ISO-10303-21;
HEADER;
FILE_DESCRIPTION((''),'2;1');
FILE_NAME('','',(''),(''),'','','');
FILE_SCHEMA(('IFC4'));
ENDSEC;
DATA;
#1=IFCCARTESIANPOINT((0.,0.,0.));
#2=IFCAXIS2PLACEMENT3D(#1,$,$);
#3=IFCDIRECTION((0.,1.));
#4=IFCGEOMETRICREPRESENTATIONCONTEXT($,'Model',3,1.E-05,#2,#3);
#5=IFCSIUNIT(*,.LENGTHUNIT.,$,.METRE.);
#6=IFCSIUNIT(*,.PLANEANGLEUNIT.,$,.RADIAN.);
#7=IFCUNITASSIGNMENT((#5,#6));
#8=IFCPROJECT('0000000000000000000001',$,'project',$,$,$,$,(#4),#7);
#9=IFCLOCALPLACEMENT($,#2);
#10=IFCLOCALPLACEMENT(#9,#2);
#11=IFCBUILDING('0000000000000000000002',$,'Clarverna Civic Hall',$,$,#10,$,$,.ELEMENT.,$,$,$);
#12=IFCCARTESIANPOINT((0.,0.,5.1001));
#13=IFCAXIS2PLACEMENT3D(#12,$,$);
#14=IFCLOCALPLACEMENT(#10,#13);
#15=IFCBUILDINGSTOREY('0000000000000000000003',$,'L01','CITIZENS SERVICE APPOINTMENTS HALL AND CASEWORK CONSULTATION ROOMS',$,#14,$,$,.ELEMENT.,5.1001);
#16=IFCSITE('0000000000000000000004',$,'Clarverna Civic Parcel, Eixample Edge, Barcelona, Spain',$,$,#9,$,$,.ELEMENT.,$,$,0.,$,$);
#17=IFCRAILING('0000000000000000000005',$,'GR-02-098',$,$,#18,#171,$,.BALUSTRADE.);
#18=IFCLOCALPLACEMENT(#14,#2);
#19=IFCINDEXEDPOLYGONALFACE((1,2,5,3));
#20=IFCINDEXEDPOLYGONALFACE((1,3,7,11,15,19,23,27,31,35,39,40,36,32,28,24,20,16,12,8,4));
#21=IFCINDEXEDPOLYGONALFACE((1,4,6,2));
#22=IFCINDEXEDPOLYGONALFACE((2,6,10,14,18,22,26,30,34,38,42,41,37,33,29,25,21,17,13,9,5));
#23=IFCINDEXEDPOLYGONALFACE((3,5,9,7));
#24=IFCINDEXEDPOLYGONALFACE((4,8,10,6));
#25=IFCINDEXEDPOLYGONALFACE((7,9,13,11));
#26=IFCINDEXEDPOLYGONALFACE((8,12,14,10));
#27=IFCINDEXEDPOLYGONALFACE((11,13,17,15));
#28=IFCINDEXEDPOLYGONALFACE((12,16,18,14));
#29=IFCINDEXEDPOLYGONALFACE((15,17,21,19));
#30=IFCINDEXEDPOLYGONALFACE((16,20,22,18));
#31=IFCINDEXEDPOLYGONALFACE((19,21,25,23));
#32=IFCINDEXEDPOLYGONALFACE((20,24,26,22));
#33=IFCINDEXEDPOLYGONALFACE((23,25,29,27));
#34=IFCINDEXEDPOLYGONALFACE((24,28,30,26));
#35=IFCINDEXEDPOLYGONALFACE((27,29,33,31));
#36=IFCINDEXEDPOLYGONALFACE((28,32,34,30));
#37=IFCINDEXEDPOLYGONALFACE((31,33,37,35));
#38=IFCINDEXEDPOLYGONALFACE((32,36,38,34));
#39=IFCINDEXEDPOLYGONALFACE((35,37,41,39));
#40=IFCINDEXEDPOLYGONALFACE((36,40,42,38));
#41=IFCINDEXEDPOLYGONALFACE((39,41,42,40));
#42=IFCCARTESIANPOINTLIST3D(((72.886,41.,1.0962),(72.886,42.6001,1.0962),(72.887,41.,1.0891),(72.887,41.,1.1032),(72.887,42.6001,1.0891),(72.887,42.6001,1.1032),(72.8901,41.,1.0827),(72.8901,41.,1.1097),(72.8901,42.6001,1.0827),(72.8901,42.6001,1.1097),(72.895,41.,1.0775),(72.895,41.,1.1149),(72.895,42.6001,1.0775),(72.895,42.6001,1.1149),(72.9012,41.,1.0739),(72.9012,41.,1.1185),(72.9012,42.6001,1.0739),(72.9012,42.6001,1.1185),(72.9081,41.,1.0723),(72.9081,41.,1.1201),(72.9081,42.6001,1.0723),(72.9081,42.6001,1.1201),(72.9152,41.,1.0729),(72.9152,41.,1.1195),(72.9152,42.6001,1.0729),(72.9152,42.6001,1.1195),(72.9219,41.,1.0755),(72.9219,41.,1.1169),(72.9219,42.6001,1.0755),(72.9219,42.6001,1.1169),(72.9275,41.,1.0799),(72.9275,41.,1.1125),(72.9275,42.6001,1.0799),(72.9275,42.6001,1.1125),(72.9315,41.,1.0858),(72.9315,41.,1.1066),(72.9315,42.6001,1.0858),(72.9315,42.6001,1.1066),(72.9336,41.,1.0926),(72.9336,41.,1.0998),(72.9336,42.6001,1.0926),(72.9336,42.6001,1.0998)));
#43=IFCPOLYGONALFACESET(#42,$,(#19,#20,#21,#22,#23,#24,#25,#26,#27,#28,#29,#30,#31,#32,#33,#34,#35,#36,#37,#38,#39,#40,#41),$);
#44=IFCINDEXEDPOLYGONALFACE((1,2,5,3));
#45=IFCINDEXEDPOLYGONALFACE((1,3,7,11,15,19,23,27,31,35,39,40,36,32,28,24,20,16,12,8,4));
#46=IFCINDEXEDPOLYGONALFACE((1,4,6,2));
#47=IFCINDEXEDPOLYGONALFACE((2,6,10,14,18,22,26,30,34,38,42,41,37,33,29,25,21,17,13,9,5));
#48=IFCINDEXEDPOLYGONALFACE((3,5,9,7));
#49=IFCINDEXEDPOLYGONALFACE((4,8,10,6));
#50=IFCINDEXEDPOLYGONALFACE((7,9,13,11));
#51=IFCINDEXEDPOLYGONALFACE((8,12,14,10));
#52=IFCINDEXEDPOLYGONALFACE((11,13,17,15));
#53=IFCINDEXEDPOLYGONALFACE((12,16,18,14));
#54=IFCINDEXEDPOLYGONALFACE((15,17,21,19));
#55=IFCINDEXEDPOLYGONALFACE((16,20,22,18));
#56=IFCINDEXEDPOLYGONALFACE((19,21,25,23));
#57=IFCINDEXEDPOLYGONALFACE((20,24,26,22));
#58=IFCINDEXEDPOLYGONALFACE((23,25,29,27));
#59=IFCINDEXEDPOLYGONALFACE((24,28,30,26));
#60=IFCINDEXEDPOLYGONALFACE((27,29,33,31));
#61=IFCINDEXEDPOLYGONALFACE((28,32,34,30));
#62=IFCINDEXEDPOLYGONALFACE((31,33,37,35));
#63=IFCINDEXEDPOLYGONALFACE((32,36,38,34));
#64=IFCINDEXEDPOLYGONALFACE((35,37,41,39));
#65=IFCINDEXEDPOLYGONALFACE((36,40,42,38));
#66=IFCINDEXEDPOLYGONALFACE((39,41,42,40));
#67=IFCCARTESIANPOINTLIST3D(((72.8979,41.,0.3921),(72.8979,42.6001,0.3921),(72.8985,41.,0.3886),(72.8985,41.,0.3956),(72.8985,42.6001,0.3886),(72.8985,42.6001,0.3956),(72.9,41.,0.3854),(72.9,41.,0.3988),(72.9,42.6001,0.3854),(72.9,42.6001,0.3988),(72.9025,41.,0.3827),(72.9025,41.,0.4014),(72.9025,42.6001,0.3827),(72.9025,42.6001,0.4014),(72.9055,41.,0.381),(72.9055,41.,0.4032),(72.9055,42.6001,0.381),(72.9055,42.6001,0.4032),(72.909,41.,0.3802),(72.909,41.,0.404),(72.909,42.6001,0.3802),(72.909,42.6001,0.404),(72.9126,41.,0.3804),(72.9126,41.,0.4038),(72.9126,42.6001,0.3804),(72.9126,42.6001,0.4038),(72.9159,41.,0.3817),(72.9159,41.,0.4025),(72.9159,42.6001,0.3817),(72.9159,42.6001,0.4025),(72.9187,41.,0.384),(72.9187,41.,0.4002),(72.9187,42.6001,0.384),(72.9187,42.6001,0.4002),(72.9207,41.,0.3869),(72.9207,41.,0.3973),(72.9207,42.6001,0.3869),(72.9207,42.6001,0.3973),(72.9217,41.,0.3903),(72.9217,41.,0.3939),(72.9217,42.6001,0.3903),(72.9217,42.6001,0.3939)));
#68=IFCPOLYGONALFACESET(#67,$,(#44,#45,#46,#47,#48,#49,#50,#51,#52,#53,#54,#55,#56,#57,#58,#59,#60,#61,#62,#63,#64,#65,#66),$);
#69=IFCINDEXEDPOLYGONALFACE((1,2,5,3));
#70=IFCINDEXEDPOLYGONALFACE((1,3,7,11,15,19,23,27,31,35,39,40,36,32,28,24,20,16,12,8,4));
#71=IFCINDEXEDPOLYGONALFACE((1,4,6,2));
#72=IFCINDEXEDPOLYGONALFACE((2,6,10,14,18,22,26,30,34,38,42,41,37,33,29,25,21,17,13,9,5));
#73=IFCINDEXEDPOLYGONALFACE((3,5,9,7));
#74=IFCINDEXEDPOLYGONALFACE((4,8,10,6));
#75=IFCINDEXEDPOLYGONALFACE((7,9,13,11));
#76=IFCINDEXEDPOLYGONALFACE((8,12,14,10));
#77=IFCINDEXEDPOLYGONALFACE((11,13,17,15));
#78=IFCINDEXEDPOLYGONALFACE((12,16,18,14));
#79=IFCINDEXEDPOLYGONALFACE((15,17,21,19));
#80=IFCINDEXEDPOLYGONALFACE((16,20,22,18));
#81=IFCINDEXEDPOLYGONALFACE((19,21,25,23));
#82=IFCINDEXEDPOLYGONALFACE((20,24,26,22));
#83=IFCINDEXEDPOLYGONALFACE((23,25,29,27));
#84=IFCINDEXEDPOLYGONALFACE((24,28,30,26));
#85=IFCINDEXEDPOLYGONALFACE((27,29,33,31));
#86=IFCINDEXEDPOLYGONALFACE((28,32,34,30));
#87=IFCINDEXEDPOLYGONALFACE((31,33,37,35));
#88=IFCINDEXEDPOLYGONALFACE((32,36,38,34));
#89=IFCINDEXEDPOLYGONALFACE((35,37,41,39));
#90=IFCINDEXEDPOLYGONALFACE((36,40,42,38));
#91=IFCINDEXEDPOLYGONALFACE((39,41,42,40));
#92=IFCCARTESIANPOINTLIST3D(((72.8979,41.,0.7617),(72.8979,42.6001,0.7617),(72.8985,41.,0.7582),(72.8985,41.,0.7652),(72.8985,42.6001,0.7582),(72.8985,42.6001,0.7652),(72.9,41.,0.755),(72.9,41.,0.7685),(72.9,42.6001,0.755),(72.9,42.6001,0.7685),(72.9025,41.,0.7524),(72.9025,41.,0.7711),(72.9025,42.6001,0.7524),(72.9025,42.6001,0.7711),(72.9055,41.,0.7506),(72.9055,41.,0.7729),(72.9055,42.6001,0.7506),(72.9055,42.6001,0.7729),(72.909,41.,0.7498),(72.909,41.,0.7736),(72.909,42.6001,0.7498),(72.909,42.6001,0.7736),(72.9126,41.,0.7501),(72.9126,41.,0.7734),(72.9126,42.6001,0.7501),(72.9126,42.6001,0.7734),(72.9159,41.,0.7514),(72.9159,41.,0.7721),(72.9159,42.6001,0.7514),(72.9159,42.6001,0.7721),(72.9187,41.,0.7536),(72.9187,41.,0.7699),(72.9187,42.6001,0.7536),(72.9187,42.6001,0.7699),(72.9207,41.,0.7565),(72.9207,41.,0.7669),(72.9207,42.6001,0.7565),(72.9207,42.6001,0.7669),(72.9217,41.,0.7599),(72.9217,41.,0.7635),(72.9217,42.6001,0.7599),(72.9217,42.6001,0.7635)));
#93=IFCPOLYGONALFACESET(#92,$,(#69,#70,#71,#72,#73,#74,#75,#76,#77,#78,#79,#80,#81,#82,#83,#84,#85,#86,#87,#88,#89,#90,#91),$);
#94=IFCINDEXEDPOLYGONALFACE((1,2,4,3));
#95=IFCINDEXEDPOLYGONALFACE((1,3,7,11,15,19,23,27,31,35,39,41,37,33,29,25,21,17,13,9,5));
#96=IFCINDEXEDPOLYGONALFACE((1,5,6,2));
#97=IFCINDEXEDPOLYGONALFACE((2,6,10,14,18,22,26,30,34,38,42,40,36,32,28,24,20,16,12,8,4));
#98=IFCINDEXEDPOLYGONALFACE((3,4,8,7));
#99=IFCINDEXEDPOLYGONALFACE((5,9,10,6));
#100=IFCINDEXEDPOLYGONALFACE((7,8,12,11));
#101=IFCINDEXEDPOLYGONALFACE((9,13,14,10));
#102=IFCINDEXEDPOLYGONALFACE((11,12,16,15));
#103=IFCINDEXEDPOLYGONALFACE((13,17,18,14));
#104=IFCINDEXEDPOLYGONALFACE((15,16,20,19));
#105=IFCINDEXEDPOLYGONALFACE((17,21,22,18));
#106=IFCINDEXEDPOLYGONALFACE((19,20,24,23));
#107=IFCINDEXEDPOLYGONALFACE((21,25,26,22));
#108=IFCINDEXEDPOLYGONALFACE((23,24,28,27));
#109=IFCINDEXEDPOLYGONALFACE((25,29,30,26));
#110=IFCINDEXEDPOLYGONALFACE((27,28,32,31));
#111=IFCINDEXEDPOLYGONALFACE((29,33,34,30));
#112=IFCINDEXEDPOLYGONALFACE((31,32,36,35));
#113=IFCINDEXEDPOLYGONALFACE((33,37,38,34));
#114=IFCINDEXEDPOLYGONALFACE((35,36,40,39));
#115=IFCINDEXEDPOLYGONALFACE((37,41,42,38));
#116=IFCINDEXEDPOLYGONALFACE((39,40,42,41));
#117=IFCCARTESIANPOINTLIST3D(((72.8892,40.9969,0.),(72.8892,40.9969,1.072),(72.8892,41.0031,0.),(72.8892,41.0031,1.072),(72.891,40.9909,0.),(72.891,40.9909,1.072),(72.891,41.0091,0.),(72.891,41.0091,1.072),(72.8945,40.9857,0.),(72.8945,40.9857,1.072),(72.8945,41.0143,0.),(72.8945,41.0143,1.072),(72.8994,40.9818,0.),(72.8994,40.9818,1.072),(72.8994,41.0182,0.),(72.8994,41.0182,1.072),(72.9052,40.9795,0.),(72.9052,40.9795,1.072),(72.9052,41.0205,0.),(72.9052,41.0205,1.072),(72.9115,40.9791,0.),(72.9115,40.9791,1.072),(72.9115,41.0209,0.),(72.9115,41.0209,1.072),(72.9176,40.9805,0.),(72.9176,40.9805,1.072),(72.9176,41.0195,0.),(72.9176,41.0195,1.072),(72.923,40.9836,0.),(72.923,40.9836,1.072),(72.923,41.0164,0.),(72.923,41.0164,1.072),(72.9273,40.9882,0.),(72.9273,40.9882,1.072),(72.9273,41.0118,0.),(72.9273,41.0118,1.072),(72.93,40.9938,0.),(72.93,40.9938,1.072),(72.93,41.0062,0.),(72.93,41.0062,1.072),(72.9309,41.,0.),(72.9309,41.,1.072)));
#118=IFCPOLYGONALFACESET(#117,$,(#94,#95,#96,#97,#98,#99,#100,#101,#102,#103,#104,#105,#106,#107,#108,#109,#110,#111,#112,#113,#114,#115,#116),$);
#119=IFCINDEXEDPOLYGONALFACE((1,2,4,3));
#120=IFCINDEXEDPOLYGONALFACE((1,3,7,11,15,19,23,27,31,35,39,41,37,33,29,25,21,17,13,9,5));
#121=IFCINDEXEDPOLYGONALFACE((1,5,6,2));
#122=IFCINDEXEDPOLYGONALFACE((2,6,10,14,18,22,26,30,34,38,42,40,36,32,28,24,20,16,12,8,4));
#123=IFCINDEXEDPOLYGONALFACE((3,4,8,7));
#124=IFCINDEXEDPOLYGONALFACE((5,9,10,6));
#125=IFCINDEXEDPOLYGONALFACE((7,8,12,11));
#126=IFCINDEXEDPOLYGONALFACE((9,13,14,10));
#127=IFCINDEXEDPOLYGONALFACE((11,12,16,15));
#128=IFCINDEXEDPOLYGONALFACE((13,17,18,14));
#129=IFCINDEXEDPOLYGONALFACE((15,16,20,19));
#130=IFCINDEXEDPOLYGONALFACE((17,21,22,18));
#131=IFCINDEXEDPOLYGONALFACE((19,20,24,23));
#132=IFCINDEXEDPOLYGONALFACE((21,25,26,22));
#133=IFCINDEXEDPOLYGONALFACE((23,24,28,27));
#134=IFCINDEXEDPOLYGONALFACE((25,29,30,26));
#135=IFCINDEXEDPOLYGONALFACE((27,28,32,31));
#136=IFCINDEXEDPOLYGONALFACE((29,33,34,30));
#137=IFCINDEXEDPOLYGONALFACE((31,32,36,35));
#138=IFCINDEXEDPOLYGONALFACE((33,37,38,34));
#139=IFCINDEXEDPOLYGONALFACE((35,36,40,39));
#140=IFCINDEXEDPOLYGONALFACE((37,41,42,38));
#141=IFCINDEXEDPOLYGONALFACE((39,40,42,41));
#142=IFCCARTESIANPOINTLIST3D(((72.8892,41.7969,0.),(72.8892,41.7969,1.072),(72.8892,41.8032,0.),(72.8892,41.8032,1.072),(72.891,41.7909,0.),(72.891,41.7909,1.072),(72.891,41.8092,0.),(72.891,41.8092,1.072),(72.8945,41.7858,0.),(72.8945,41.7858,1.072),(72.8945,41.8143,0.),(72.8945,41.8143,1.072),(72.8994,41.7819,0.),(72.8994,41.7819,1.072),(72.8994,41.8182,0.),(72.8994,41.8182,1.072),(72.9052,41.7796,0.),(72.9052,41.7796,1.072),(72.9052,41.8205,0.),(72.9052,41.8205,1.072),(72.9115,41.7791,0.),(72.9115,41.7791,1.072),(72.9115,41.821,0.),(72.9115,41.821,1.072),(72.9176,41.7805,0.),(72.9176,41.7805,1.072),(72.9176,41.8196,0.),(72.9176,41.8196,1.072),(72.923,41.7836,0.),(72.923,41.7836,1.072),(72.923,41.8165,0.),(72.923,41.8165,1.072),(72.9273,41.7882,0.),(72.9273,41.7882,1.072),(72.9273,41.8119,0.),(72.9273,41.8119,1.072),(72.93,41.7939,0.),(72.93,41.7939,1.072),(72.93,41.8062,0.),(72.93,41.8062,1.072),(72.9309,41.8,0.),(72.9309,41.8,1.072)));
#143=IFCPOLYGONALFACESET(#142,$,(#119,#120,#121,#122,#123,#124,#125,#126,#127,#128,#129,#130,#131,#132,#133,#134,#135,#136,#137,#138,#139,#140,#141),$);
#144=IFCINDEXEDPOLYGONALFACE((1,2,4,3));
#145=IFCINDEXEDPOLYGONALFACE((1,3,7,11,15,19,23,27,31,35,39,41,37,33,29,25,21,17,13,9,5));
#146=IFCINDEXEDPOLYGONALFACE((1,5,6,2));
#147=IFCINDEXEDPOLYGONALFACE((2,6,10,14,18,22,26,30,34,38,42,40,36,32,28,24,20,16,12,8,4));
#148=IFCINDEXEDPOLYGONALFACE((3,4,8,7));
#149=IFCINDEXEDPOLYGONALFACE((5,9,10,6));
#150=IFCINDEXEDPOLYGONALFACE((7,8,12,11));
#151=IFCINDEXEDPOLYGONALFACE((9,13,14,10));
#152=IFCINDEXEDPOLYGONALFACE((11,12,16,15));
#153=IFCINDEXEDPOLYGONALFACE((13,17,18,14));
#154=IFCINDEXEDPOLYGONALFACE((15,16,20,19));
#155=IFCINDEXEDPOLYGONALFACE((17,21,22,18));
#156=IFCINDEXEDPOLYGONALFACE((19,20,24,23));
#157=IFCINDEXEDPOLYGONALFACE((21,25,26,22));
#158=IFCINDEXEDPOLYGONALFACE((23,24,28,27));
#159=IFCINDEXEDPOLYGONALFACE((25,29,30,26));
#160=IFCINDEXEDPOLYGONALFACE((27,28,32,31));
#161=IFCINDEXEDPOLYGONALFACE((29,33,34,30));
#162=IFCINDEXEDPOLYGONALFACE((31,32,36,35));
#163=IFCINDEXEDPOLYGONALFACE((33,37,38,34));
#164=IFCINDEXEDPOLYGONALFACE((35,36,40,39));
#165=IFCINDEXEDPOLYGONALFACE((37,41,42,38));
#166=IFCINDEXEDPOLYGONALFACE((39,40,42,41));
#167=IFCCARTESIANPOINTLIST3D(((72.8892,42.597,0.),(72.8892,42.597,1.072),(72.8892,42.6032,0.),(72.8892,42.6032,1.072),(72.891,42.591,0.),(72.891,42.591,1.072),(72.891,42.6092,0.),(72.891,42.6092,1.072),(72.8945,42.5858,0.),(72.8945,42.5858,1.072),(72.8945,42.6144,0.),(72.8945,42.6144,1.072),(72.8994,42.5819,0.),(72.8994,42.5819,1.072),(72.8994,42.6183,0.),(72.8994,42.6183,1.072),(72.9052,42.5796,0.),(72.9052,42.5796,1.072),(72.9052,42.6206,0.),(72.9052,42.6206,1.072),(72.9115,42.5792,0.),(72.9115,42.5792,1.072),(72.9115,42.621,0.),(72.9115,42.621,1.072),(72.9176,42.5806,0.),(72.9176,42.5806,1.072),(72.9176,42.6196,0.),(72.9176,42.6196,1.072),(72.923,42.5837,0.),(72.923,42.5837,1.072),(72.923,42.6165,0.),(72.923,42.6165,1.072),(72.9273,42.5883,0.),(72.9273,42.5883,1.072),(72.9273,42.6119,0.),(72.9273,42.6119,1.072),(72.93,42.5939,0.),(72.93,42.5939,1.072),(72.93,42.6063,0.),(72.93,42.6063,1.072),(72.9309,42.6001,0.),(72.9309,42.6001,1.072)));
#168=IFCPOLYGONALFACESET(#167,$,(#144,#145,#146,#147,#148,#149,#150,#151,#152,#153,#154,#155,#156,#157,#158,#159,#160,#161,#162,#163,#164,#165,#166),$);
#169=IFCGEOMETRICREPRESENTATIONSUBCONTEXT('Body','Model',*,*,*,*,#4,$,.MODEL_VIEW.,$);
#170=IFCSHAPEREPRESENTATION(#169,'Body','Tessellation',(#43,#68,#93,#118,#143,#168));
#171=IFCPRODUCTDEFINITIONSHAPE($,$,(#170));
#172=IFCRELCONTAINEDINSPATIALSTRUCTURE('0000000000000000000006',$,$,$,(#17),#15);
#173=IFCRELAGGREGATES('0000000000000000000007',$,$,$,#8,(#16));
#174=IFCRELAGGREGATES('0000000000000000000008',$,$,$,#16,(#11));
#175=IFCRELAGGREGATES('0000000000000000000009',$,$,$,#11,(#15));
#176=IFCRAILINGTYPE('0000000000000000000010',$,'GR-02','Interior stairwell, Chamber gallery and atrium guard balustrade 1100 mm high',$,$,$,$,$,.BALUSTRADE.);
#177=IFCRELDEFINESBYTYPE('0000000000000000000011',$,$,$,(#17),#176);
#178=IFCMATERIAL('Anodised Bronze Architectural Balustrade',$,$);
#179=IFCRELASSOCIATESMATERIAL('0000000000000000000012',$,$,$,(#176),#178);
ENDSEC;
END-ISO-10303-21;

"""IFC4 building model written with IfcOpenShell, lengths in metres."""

from ifc_helpers import new_model, si_unit, direction, frame, origin, origin_2d, place, context, subcontext, project, spatial, circle, extrude, material, type_object, element, save


model = new_model("IFC4")

# Units and contexts
model_context = context("Model", 3, precision=1e-05, world=origin(), true_north=direction((0.0, 1.0)))
body_context = subcontext(model_context, "Body", "Model", "MODEL_VIEW")
ifc_project = project(units=[si_unit("LENGTHUNIT", "METRE"), si_unit("PLANEANGLEUNIT", "RADIAN")], contexts=[model_context])

# Site, building, storey
site_placement = place(None, origin())
site = spatial("IfcSite", under=ifc_project, at=site_placement, Name="Clarverna Civic Parcel, Eixample Edge, Barcelona, Spain", CompositionType="ELEMENT", RefElevation=0.0)
building_placement = place(site_placement, origin())
building = spatial("IfcBuilding", under=site, at=building_placement, Name="Clarverna Civic Hall", CompositionType="ELEMENT")
storey_placement = place(building_placement, frame((0.0, 0.0, 5.1001)))
storey = spatial("IfcBuildingStorey", under=building, at=storey_placement, Name="L01", Description="CITIZENS SERVICE APPOINTMENTS HALL AND CASEWORK CONSULTATION ROOMS", CompositionType="ELEMENT", Elevation=5.1001)

# Railing
ifc_material_1 = material(Name="Anodised Bronze Architectural Balustrade")
railing_type_1 = type_object("IfcRailingType", Name="GR-02", Description="Interior stairwell, Chamber gallery and atrium guard balustrade 1100 mm high", PredefinedType="BALUSTRADE", material=ifc_material_1)
railing_1_placement = place(storey_placement, frame((72.9099, 41.0, 0.0)))
element("IfcRailing", 1, at=railing_1_placement, inside=storey, type_object=railing_type_1, Name="GR-02-098", PredefinedType="BALUSTRADE", context=body_context, shape_type="SweptSolid", body=[
    extrude(circle(Radius=0.0239, at=origin_2d()), frame((0.0, 0.0, 1.0962), z_axis=(0.0, 1.0, 0.0), x_axis=(-1.0, 0.0, 0.0)), (0.0, 0.0, 1.0), 1.6001),
    extrude(circle(Radius=0.012, at=origin_2d()), frame((0.0, 0.0, 0.3921), z_axis=(0.0, 1.0, 0.0), x_axis=(-1.0, 0.0, 0.0)), (0.0, 0.0, 1.0), 1.6001),
    extrude(circle(Radius=0.012, at=origin_2d()), frame((0.0, 0.0, 0.7617), z_axis=(0.0, 1.0, 0.0), x_axis=(-1.0, 0.0, 0.0)), (0.0, 0.0, 1.0), 1.6001),
    extrude(circle(Radius=0.021, at=origin_2d()), origin(), (0.0, 0.0, 1.0), 1.072),
    extrude(circle(Radius=0.021, at=origin_2d()), frame((0.0, 0.8, 0.0)), (0.0, 0.0, 1.0), 1.072),
    extrude(circle(Radius=0.021, at=origin_2d()), frame((0.0, 1.6001, 0.0)), (0.0, 0.0, 1.0), 1.072),
])

save(model, "model.ifc")
